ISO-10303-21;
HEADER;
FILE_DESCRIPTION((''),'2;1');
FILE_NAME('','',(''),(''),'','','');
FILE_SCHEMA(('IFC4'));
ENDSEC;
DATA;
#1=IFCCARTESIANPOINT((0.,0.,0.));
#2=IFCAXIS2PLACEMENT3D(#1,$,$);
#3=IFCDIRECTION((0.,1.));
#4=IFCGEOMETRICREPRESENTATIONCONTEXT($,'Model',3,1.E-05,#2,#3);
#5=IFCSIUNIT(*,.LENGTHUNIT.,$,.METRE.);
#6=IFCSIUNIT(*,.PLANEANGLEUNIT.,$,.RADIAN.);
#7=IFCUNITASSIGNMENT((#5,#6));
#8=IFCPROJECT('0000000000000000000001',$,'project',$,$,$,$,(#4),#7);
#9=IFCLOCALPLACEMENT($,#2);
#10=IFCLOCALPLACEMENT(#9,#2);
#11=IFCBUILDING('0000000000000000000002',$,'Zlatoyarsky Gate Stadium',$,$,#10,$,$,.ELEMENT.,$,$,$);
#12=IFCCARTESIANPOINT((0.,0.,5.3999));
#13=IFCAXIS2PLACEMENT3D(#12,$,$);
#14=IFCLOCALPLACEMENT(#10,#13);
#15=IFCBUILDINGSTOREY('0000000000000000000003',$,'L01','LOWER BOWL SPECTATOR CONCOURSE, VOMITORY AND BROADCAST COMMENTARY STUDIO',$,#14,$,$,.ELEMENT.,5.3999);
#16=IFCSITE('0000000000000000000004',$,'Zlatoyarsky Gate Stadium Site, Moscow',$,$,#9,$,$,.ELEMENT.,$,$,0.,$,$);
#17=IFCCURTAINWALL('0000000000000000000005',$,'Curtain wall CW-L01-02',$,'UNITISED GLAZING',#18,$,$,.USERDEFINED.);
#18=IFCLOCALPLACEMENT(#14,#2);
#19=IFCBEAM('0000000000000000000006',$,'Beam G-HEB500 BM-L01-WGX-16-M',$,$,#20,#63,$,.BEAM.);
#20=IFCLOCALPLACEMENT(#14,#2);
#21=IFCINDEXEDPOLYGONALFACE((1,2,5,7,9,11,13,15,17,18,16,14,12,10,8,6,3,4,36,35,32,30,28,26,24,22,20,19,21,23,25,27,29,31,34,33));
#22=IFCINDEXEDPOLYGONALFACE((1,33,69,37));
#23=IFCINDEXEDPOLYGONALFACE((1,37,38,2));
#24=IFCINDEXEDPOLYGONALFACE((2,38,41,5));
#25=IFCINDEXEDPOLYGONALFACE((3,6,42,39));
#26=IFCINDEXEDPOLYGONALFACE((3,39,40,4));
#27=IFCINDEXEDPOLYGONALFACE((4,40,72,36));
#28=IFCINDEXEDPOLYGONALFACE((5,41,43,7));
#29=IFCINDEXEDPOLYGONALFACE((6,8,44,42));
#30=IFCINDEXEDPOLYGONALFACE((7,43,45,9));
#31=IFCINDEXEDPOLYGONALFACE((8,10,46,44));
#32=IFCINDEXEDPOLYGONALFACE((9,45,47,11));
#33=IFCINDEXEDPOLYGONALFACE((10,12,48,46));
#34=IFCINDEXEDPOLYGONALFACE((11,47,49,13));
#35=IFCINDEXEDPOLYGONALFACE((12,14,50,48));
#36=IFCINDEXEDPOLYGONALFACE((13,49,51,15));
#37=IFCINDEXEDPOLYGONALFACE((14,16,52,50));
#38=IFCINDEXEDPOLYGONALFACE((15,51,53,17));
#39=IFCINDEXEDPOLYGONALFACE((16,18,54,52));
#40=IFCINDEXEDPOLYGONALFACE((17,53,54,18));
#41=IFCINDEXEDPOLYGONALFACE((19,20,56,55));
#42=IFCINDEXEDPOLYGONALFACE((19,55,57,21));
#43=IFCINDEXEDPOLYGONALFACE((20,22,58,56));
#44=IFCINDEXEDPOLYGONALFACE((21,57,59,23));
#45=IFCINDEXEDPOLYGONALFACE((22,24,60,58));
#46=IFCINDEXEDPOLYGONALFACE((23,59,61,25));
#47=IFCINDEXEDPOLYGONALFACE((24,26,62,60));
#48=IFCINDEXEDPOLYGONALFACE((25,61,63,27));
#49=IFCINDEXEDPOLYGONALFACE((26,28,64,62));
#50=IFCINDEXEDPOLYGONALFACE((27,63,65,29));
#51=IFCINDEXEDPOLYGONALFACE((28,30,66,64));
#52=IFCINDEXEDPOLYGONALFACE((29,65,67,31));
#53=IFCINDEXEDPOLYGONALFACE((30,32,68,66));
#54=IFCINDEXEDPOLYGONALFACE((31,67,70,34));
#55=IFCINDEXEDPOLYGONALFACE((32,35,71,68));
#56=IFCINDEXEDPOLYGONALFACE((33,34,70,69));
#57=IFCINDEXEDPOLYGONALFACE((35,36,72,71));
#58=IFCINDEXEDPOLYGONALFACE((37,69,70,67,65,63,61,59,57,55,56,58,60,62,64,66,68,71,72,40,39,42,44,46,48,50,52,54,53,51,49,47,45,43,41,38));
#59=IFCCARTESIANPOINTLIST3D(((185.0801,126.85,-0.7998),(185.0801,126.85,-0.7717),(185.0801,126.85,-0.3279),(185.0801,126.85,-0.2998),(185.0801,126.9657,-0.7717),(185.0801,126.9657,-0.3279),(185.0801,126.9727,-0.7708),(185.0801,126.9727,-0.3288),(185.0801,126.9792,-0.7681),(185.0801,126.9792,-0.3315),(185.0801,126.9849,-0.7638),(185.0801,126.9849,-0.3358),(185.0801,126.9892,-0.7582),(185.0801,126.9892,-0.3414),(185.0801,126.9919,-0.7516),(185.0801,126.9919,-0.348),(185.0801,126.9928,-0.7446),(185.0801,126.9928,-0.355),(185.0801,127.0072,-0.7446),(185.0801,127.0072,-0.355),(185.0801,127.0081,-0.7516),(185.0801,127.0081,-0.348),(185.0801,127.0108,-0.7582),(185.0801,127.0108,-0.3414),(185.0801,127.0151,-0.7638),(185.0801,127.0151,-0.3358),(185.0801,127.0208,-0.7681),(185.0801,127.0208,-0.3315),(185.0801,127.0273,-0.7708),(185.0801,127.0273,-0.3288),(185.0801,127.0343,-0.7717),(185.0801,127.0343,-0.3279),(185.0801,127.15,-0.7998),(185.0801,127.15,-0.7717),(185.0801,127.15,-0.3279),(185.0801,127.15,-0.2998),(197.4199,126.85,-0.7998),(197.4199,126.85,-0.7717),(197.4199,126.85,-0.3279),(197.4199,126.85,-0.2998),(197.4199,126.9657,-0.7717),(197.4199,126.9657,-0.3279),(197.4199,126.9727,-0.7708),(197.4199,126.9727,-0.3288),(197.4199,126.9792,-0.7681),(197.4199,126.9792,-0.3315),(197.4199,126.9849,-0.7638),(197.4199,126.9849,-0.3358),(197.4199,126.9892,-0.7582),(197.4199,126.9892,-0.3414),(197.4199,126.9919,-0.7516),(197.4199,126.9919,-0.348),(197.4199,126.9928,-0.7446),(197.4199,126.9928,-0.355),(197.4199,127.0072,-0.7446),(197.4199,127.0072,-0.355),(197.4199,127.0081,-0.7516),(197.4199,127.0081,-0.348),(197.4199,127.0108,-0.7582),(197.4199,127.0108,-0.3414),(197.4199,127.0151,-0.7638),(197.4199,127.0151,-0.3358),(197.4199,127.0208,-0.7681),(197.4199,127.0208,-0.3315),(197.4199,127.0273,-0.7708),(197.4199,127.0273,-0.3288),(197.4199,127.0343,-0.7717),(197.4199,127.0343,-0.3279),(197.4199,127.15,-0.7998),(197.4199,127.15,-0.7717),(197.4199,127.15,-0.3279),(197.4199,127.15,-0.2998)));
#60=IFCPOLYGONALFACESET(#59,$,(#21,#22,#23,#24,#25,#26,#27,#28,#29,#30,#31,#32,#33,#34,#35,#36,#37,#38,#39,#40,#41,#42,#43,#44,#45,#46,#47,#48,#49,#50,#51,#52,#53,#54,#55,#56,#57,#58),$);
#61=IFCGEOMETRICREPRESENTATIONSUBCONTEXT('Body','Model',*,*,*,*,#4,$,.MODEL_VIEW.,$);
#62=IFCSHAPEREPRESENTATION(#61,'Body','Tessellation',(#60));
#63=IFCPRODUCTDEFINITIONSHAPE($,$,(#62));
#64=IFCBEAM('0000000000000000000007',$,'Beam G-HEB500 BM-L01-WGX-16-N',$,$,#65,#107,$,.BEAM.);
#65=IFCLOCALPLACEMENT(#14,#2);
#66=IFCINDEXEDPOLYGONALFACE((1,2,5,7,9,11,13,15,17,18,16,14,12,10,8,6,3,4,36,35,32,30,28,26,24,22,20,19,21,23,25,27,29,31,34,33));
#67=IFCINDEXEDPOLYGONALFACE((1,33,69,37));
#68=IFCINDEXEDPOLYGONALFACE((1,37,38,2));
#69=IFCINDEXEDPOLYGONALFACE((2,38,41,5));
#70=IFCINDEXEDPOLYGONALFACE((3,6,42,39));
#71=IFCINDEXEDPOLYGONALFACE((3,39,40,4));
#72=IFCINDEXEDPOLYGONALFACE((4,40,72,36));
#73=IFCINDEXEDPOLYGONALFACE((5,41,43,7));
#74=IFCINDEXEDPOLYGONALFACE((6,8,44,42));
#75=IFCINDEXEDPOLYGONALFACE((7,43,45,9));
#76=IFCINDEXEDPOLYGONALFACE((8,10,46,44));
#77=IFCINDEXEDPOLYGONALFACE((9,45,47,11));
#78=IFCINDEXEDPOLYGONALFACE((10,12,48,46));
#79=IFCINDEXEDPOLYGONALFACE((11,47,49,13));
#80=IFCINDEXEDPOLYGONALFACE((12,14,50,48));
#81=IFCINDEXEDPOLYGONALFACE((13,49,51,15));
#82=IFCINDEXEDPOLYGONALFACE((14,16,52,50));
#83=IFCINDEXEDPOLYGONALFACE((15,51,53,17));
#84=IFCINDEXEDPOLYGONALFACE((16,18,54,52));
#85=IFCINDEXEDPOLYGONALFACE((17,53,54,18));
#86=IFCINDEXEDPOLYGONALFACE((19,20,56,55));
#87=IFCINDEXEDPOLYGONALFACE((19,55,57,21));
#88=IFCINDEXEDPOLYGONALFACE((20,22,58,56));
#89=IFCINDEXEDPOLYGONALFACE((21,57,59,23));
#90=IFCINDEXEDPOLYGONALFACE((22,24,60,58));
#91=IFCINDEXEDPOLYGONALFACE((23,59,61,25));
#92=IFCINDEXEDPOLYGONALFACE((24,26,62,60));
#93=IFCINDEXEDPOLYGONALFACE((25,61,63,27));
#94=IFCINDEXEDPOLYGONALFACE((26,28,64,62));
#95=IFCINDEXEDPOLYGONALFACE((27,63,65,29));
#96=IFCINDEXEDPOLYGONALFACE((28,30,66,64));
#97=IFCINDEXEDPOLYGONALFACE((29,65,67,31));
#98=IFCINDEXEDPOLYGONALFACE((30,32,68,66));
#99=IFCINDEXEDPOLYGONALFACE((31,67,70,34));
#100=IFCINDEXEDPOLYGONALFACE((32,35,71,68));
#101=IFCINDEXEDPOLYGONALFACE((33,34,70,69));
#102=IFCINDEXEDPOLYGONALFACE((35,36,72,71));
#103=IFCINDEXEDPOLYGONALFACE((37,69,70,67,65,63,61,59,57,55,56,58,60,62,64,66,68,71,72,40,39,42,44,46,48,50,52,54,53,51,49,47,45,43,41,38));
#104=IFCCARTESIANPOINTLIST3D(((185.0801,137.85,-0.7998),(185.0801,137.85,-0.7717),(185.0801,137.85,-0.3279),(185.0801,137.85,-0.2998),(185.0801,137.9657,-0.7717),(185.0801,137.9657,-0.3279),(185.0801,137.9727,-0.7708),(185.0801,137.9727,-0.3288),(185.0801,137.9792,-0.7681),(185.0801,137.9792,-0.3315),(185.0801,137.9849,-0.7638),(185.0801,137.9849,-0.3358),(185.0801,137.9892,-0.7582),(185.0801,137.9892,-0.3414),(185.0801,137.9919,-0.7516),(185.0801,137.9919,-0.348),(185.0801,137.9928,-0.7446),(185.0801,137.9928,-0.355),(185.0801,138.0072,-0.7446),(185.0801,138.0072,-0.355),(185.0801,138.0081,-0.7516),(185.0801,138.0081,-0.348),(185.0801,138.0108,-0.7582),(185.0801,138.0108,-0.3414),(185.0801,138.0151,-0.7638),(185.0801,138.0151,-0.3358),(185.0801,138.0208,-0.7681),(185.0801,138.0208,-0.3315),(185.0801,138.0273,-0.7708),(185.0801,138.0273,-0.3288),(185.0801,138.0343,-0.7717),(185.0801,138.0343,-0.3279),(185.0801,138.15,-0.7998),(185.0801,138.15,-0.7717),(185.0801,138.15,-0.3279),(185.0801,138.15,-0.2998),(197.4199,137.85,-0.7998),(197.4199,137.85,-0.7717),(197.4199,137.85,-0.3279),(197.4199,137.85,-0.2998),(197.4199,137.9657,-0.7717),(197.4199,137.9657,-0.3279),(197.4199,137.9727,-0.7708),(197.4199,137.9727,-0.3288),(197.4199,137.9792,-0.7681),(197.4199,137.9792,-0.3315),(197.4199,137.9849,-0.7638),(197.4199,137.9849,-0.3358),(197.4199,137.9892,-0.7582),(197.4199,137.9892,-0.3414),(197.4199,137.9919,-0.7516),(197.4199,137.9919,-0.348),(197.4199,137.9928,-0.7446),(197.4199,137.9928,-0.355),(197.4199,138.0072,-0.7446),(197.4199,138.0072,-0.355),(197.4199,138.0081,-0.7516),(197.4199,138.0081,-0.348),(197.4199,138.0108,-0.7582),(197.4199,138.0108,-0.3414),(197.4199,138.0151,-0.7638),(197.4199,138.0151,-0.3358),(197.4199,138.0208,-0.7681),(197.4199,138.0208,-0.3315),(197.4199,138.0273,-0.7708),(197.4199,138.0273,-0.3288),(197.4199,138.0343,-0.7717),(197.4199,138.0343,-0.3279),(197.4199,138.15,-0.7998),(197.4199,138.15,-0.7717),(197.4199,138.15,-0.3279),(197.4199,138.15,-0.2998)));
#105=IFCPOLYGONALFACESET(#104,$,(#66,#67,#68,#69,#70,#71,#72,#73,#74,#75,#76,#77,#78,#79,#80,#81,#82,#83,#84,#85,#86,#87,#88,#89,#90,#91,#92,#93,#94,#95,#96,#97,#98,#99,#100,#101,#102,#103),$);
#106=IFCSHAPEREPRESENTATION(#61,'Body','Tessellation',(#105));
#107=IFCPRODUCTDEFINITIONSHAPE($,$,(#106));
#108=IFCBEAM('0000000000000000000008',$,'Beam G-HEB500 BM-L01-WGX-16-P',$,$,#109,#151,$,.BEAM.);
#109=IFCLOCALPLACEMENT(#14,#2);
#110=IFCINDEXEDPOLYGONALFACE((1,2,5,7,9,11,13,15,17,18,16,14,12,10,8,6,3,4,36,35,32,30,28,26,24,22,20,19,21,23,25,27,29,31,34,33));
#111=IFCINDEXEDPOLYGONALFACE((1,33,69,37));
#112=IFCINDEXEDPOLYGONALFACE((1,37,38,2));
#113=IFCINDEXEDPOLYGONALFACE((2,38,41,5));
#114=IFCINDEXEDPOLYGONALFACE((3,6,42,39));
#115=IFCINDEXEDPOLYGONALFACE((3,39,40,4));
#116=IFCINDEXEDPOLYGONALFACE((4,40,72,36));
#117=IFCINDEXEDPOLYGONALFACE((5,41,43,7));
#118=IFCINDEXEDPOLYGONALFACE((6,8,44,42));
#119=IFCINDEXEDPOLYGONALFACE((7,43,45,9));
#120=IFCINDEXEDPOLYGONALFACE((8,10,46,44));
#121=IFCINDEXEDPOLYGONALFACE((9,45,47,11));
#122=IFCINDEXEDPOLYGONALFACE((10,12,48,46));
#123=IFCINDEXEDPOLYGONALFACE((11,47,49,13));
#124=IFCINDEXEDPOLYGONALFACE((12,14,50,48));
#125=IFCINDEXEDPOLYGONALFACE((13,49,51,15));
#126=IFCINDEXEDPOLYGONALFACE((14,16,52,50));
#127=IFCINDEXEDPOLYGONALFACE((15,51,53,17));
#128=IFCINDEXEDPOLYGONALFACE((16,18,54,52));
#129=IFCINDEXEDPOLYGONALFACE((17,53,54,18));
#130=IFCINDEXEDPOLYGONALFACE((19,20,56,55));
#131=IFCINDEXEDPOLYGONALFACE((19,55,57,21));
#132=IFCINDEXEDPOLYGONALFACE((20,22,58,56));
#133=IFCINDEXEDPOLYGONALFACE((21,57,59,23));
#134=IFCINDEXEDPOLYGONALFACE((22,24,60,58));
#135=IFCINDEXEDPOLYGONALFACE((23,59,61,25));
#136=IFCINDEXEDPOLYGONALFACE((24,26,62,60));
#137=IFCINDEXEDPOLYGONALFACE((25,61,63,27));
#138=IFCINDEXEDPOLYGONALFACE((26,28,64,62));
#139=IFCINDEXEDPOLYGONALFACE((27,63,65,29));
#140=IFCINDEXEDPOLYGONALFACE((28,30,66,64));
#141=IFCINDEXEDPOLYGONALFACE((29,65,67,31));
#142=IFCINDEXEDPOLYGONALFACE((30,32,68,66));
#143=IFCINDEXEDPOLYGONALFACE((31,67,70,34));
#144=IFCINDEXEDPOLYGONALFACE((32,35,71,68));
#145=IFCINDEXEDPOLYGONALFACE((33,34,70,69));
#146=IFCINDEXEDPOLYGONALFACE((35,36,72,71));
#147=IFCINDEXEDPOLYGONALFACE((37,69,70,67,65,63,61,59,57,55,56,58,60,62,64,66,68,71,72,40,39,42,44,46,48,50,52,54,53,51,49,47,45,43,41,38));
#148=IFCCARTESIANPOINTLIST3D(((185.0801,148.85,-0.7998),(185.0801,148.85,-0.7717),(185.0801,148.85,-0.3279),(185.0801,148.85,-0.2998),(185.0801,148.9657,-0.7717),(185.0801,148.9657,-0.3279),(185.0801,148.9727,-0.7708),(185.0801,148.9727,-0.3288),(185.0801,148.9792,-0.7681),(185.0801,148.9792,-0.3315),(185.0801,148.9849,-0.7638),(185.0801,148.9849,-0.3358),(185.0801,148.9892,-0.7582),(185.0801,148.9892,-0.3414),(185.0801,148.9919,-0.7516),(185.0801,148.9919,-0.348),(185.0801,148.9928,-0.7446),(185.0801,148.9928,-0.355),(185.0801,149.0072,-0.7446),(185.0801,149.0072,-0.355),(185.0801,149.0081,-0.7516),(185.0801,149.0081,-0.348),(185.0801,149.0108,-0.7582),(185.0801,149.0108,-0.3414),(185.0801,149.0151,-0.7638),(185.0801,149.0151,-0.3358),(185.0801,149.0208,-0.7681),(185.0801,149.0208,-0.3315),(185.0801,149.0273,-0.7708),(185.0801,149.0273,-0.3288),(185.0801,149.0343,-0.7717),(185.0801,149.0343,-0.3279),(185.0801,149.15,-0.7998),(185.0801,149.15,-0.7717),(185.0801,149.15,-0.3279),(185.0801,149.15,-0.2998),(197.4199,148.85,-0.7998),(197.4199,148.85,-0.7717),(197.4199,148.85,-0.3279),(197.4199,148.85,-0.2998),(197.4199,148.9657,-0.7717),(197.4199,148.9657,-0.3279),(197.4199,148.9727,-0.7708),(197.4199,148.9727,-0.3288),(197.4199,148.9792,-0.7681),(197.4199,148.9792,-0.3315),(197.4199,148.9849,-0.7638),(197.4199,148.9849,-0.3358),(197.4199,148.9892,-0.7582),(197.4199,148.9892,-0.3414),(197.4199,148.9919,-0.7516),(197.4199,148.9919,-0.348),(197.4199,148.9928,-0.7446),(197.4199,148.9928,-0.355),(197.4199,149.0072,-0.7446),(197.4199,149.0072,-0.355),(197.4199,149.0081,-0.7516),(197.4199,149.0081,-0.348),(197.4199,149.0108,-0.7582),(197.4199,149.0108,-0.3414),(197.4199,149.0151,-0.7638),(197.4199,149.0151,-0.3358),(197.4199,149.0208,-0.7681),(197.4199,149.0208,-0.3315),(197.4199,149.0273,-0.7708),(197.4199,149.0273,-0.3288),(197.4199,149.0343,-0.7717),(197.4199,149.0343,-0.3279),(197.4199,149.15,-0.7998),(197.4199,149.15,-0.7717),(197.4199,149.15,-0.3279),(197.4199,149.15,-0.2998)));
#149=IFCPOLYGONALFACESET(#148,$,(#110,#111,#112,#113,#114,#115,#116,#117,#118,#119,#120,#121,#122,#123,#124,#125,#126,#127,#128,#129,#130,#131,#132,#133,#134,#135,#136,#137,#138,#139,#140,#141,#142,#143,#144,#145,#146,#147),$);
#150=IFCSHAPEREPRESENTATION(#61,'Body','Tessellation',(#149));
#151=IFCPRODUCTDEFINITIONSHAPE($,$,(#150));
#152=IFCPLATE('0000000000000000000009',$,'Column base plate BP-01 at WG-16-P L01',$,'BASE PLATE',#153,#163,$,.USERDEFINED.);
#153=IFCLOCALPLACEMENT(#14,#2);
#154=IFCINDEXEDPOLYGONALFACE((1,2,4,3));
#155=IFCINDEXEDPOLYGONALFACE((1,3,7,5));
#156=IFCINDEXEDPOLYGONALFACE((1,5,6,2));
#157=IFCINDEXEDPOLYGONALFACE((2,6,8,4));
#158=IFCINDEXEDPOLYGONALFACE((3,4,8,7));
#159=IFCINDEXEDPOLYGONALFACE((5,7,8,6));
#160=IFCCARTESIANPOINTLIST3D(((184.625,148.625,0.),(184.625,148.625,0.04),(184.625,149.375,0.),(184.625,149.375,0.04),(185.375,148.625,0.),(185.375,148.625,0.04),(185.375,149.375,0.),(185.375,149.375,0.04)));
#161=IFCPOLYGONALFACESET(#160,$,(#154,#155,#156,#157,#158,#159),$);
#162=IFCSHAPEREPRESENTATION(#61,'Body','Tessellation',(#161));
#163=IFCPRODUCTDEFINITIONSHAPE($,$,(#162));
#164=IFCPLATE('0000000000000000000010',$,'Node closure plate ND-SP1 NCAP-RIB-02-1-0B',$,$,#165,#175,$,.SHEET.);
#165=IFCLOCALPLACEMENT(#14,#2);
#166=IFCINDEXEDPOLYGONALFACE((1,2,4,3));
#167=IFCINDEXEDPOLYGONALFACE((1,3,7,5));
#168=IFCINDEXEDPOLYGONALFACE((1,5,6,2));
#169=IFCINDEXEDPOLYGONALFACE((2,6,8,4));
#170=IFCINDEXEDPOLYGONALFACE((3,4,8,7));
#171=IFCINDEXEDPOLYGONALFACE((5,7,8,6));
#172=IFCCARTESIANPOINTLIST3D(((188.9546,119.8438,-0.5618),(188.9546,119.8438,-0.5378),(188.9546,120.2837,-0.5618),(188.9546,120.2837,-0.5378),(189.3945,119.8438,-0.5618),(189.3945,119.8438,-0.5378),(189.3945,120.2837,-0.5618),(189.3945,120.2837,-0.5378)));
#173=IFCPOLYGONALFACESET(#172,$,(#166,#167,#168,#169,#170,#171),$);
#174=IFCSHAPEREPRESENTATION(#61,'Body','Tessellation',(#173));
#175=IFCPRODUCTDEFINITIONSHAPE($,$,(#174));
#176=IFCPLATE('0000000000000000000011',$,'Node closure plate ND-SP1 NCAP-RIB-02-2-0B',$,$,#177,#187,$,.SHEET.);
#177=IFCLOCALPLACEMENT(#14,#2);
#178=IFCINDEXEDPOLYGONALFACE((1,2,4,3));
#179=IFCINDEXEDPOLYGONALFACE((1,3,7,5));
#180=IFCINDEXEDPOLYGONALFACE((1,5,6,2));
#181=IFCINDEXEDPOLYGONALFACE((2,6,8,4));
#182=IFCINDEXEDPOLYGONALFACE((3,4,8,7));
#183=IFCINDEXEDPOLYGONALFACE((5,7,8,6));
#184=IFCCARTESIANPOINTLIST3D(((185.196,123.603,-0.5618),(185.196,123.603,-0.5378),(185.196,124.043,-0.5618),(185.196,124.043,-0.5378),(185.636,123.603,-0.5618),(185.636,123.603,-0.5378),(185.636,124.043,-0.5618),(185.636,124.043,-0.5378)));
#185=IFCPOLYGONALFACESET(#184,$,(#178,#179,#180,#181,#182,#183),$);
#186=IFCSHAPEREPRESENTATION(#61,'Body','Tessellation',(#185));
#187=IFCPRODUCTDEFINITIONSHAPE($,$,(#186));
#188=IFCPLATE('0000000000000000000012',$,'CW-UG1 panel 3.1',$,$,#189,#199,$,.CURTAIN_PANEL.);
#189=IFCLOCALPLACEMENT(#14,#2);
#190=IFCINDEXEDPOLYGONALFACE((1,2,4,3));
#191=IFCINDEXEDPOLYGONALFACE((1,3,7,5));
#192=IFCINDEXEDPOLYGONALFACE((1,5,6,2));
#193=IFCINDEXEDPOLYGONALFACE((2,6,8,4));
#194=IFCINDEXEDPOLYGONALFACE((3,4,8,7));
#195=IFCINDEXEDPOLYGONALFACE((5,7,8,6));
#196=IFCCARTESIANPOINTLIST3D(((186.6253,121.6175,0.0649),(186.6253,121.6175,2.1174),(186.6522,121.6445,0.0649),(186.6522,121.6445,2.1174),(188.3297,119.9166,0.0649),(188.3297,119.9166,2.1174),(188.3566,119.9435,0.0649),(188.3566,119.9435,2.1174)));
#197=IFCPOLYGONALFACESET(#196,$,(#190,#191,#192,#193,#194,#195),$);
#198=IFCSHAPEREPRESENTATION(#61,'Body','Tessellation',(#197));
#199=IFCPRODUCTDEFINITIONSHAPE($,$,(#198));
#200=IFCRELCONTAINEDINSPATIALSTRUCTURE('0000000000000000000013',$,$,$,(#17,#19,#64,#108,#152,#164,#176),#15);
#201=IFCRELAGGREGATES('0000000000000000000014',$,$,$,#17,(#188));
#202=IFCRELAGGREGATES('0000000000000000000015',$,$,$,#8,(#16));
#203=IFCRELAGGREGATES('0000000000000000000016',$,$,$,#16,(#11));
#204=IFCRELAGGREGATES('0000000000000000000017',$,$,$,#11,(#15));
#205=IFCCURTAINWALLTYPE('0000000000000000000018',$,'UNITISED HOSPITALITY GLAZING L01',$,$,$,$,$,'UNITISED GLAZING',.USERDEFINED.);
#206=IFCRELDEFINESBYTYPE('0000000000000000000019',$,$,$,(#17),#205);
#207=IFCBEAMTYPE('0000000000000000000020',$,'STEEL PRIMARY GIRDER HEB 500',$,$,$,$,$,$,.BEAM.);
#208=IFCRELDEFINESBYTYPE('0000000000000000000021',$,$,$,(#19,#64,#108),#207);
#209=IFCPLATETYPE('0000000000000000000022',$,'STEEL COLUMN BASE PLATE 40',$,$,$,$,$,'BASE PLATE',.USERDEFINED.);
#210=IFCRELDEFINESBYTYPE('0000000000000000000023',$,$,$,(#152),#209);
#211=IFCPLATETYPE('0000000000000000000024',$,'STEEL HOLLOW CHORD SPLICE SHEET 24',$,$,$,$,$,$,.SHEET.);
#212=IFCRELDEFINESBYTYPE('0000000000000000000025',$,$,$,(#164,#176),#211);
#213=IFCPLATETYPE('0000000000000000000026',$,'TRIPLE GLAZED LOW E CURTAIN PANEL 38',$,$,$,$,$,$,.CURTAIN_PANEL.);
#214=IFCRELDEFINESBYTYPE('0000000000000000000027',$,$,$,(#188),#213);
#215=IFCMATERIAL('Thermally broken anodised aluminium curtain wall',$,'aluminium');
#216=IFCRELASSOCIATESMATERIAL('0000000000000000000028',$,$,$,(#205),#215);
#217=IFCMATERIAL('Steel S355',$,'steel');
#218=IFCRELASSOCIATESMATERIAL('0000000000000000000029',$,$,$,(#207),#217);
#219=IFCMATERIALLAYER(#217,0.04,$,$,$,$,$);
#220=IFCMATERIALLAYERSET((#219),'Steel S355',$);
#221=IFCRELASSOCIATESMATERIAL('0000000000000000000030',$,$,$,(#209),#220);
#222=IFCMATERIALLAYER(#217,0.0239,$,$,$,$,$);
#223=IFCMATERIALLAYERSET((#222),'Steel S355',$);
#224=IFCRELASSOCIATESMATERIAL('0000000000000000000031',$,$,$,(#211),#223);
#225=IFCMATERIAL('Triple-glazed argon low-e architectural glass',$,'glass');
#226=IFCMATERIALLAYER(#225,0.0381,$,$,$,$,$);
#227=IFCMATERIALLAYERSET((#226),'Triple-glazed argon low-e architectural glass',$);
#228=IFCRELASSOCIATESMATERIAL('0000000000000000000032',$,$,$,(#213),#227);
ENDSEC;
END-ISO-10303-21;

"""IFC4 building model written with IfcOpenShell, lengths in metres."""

from ifc_helpers import new_model, si_unit, direction, frame, origin, origin_2d, place, context, subcontext, project, spatial, rectangle, i_section, extrude, material, layer, layer_set, material_profile, profile_set, type_object, element, aggregate, save


model = new_model("IFC4")

# Units and contexts
model_context = context("Model", 3, precision=1e-05, world=origin(), true_north=direction((0.0, 1.0)))
body_context = subcontext(model_context, "Body", "Model", "MODEL_VIEW")
ifc_project = project(units=[si_unit("LENGTHUNIT", "METRE"), si_unit("PLANEANGLEUNIT", "RADIAN")], contexts=[model_context])

# Site, building, storey
site_placement = place(None, origin())
site = spatial("IfcSite", under=ifc_project, at=site_placement, Name="Zlatoyarsky Gate Stadium Site, Moscow", CompositionType="ELEMENT", RefElevation=0.0)
building_placement = place(site_placement, origin())
building = spatial("IfcBuilding", under=site, at=building_placement, Name="Zlatoyarsky Gate Stadium", CompositionType="ELEMENT")
storey_placement = place(building_placement, frame((0.0, 0.0, 5.3999)))
storey = spatial("IfcBuildingStorey", under=building, at=storey_placement, Name="L01", Description="LOWER BOWL SPECTATOR CONCOURSE, VOMITORY AND BROADCAST COMMENTARY STUDIO", CompositionType="ELEMENT", Elevation=5.3999)

# Curtain wall
ifc_material_1 = material(Name="Thermally broken anodised aluminium curtain wall", Category="aluminium")
curtain_wall_type = type_object("IfcCurtainWallType", Name="UNITISED HOSPITALITY GLAZING L01", ElementType="UNITISED GLAZING", PredefinedType="USERDEFINED", material=ifc_material_1)
curtain_wall_placement = place(storey_placement, origin())
curtain_wall = element("IfcCurtainWall", 1, at=curtain_wall_placement, inside=storey, type_object=curtain_wall_type, Name="Curtain wall CW-L01-02", ObjectType="UNITISED GLAZING", PredefinedType="USERDEFINED")

# Shared definitions
ifc_material_2 = material(Name="Steel S355", Category="steel")

# Beams
ifc_material_profile_1 = material_profile(ifc_material_2, i_section(OverallWidth=0.3, OverallDepth=0.5, WebThickness=0.0144, FlangeThickness=0.0281, FilletRadius=0.0271, at=origin_2d()), Name="HEB 500")
ifc_profile_set_1 = profile_set([ifc_material_profile_1], Name="Steel S355")
beam_type = type_object("IfcBeamType", Name="STEEL PRIMARY GIRDER HEB 500", PredefinedType="BEAM", material=ifc_profile_set_1)
for number, where, z_axis, x_axis, name in (
    (2, (185.0801, 127.0, -0.5498), (1.0, 0.0, 0.0), (0.0, 1.0, 0.0), "Beam G-HEB500 BM-L01-WGX-16-M"),
    (3, (185.0801, 138.0, -0.5498), (1.0, 0.0, 0.0), (0.0, 1.0, 0.0), "Beam G-HEB500 BM-L01-WGX-16-N"),
    (4, (185.0801, 149.0, -0.5498), (1.0, 0.0, 0.0), (0.0, 1.0, 0.0), "Beam G-HEB500 BM-L01-WGX-16-P"),
):
    element("IfcBeam", number, at=place(storey_placement, frame(where, z_axis=z_axis, x_axis=x_axis)), inside=storey, type_object=beam_type, Name=name, PredefinedType="BEAM", context=body_context, shape_type="SweptSolid", body=[
        extrude(i_section(OverallWidth=0.3, OverallDepth=0.5, WebThickness=0.0144, FlangeThickness=0.0281, FilletRadius=0.0271, at=origin_2d()), origin(), (0.0, 0.0, 1.0), 12.3398),
    ])

# Plates
ifc_layer_1 = layer(ifc_material_2, 0.04)
ifc_layer_set_1 = layer_set([ifc_layer_1], Name="Steel S355")
plate_type_1 = type_object("IfcPlateType", Name="STEEL COLUMN BASE PLATE 40", ElementType="BASE PLATE", PredefinedType="USERDEFINED", material=ifc_layer_set_1)
plate_1_placement = place(storey_placement, frame((185.0, 149.0, 0.0), z_axis=(0.0, 0.0, 1.0), x_axis=(1.0, 0.0, 0.0)))
element("IfcPlate", 5, at=plate_1_placement, inside=storey, type_object=plate_type_1, Name="Column base plate BP-01 at WG-16-P L01", ObjectType="BASE PLATE", PredefinedType="USERDEFINED", context=body_context, shape_type="SweptSolid", body=[
    extrude(rectangle(XDim=0.75, YDim=0.75, at=origin_2d()), origin(), (0.0, 0.0, 1.0), 0.04),
])
ifc_layer_2 = layer(ifc_material_2, 0.0239)
ifc_layer_set_2 = layer_set([ifc_layer_2], Name="Steel S355")
plate_type_2 = type_object("IfcPlateType", Name="STEEL HOLLOW CHORD SPLICE SHEET 24", PredefinedType="SHEET", material=ifc_layer_set_2)
for number, where, z_axis, x_axis, name in (
    (6, (189.1746, 120.0637, -0.5618), (0.0, 0.0, 1.0), (1.0, 0.0, 0.0), "Node closure plate ND-SP1 NCAP-RIB-02-1-0B"),
    (7, (185.416, 123.823, -0.5618), (0.0, 0.0, 1.0), (1.0, 0.0, 0.0), "Node closure plate ND-SP1 NCAP-RIB-02-2-0B"),
):
    element("IfcPlate", number, at=place(storey_placement, frame(where, z_axis=z_axis, x_axis=x_axis)), inside=storey, type_object=plate_type_2, Name=name, PredefinedType="SHEET", context=body_context, shape_type="SweptSolid", body=[
        extrude(rectangle(XDim=0.4399, YDim=0.4399, at=origin_2d()), origin(), (0.0, 0.0, 1.0), 0.0239),
    ])

# Plate
ifc_material_3 = material(Name="Triple-glazed argon low-e architectural glass", Category="glass")
ifc_layer_3 = layer(ifc_material_3, 0.0381)
ifc_layer_set_3 = layer_set([ifc_layer_3], Name="Triple-glazed argon low-e architectural glass")
plate_type_3 = type_object("IfcPlateType", Name="TRIPLE GLAZED LOW E CURTAIN PANEL 38", PredefinedType="CURTAIN_PANEL", material=ifc_layer_set_3)
plate_2_placement = place(storey_placement, frame((187.491, 120.7805, 0.0649), z_axis=(0.0, 0.0, 1.0), x_axis=(-0.707842, 0.706371, 0.0)))
plate_2 = element("IfcPlate", 8, at=plate_2_placement, type_object=plate_type_3, Name="CW-UG1 panel 3.1", PredefinedType="CURTAIN_PANEL", context=body_context, shape_type="SweptSolid", body=[
    extrude(rectangle(XDim=2.408, YDim=0.0381, at=origin_2d()), origin(), (0.0, 0.0, 1.0), 2.0525),
])
aggregate(curtain_wall, [plate_2])

save(model, "model.ifc")
